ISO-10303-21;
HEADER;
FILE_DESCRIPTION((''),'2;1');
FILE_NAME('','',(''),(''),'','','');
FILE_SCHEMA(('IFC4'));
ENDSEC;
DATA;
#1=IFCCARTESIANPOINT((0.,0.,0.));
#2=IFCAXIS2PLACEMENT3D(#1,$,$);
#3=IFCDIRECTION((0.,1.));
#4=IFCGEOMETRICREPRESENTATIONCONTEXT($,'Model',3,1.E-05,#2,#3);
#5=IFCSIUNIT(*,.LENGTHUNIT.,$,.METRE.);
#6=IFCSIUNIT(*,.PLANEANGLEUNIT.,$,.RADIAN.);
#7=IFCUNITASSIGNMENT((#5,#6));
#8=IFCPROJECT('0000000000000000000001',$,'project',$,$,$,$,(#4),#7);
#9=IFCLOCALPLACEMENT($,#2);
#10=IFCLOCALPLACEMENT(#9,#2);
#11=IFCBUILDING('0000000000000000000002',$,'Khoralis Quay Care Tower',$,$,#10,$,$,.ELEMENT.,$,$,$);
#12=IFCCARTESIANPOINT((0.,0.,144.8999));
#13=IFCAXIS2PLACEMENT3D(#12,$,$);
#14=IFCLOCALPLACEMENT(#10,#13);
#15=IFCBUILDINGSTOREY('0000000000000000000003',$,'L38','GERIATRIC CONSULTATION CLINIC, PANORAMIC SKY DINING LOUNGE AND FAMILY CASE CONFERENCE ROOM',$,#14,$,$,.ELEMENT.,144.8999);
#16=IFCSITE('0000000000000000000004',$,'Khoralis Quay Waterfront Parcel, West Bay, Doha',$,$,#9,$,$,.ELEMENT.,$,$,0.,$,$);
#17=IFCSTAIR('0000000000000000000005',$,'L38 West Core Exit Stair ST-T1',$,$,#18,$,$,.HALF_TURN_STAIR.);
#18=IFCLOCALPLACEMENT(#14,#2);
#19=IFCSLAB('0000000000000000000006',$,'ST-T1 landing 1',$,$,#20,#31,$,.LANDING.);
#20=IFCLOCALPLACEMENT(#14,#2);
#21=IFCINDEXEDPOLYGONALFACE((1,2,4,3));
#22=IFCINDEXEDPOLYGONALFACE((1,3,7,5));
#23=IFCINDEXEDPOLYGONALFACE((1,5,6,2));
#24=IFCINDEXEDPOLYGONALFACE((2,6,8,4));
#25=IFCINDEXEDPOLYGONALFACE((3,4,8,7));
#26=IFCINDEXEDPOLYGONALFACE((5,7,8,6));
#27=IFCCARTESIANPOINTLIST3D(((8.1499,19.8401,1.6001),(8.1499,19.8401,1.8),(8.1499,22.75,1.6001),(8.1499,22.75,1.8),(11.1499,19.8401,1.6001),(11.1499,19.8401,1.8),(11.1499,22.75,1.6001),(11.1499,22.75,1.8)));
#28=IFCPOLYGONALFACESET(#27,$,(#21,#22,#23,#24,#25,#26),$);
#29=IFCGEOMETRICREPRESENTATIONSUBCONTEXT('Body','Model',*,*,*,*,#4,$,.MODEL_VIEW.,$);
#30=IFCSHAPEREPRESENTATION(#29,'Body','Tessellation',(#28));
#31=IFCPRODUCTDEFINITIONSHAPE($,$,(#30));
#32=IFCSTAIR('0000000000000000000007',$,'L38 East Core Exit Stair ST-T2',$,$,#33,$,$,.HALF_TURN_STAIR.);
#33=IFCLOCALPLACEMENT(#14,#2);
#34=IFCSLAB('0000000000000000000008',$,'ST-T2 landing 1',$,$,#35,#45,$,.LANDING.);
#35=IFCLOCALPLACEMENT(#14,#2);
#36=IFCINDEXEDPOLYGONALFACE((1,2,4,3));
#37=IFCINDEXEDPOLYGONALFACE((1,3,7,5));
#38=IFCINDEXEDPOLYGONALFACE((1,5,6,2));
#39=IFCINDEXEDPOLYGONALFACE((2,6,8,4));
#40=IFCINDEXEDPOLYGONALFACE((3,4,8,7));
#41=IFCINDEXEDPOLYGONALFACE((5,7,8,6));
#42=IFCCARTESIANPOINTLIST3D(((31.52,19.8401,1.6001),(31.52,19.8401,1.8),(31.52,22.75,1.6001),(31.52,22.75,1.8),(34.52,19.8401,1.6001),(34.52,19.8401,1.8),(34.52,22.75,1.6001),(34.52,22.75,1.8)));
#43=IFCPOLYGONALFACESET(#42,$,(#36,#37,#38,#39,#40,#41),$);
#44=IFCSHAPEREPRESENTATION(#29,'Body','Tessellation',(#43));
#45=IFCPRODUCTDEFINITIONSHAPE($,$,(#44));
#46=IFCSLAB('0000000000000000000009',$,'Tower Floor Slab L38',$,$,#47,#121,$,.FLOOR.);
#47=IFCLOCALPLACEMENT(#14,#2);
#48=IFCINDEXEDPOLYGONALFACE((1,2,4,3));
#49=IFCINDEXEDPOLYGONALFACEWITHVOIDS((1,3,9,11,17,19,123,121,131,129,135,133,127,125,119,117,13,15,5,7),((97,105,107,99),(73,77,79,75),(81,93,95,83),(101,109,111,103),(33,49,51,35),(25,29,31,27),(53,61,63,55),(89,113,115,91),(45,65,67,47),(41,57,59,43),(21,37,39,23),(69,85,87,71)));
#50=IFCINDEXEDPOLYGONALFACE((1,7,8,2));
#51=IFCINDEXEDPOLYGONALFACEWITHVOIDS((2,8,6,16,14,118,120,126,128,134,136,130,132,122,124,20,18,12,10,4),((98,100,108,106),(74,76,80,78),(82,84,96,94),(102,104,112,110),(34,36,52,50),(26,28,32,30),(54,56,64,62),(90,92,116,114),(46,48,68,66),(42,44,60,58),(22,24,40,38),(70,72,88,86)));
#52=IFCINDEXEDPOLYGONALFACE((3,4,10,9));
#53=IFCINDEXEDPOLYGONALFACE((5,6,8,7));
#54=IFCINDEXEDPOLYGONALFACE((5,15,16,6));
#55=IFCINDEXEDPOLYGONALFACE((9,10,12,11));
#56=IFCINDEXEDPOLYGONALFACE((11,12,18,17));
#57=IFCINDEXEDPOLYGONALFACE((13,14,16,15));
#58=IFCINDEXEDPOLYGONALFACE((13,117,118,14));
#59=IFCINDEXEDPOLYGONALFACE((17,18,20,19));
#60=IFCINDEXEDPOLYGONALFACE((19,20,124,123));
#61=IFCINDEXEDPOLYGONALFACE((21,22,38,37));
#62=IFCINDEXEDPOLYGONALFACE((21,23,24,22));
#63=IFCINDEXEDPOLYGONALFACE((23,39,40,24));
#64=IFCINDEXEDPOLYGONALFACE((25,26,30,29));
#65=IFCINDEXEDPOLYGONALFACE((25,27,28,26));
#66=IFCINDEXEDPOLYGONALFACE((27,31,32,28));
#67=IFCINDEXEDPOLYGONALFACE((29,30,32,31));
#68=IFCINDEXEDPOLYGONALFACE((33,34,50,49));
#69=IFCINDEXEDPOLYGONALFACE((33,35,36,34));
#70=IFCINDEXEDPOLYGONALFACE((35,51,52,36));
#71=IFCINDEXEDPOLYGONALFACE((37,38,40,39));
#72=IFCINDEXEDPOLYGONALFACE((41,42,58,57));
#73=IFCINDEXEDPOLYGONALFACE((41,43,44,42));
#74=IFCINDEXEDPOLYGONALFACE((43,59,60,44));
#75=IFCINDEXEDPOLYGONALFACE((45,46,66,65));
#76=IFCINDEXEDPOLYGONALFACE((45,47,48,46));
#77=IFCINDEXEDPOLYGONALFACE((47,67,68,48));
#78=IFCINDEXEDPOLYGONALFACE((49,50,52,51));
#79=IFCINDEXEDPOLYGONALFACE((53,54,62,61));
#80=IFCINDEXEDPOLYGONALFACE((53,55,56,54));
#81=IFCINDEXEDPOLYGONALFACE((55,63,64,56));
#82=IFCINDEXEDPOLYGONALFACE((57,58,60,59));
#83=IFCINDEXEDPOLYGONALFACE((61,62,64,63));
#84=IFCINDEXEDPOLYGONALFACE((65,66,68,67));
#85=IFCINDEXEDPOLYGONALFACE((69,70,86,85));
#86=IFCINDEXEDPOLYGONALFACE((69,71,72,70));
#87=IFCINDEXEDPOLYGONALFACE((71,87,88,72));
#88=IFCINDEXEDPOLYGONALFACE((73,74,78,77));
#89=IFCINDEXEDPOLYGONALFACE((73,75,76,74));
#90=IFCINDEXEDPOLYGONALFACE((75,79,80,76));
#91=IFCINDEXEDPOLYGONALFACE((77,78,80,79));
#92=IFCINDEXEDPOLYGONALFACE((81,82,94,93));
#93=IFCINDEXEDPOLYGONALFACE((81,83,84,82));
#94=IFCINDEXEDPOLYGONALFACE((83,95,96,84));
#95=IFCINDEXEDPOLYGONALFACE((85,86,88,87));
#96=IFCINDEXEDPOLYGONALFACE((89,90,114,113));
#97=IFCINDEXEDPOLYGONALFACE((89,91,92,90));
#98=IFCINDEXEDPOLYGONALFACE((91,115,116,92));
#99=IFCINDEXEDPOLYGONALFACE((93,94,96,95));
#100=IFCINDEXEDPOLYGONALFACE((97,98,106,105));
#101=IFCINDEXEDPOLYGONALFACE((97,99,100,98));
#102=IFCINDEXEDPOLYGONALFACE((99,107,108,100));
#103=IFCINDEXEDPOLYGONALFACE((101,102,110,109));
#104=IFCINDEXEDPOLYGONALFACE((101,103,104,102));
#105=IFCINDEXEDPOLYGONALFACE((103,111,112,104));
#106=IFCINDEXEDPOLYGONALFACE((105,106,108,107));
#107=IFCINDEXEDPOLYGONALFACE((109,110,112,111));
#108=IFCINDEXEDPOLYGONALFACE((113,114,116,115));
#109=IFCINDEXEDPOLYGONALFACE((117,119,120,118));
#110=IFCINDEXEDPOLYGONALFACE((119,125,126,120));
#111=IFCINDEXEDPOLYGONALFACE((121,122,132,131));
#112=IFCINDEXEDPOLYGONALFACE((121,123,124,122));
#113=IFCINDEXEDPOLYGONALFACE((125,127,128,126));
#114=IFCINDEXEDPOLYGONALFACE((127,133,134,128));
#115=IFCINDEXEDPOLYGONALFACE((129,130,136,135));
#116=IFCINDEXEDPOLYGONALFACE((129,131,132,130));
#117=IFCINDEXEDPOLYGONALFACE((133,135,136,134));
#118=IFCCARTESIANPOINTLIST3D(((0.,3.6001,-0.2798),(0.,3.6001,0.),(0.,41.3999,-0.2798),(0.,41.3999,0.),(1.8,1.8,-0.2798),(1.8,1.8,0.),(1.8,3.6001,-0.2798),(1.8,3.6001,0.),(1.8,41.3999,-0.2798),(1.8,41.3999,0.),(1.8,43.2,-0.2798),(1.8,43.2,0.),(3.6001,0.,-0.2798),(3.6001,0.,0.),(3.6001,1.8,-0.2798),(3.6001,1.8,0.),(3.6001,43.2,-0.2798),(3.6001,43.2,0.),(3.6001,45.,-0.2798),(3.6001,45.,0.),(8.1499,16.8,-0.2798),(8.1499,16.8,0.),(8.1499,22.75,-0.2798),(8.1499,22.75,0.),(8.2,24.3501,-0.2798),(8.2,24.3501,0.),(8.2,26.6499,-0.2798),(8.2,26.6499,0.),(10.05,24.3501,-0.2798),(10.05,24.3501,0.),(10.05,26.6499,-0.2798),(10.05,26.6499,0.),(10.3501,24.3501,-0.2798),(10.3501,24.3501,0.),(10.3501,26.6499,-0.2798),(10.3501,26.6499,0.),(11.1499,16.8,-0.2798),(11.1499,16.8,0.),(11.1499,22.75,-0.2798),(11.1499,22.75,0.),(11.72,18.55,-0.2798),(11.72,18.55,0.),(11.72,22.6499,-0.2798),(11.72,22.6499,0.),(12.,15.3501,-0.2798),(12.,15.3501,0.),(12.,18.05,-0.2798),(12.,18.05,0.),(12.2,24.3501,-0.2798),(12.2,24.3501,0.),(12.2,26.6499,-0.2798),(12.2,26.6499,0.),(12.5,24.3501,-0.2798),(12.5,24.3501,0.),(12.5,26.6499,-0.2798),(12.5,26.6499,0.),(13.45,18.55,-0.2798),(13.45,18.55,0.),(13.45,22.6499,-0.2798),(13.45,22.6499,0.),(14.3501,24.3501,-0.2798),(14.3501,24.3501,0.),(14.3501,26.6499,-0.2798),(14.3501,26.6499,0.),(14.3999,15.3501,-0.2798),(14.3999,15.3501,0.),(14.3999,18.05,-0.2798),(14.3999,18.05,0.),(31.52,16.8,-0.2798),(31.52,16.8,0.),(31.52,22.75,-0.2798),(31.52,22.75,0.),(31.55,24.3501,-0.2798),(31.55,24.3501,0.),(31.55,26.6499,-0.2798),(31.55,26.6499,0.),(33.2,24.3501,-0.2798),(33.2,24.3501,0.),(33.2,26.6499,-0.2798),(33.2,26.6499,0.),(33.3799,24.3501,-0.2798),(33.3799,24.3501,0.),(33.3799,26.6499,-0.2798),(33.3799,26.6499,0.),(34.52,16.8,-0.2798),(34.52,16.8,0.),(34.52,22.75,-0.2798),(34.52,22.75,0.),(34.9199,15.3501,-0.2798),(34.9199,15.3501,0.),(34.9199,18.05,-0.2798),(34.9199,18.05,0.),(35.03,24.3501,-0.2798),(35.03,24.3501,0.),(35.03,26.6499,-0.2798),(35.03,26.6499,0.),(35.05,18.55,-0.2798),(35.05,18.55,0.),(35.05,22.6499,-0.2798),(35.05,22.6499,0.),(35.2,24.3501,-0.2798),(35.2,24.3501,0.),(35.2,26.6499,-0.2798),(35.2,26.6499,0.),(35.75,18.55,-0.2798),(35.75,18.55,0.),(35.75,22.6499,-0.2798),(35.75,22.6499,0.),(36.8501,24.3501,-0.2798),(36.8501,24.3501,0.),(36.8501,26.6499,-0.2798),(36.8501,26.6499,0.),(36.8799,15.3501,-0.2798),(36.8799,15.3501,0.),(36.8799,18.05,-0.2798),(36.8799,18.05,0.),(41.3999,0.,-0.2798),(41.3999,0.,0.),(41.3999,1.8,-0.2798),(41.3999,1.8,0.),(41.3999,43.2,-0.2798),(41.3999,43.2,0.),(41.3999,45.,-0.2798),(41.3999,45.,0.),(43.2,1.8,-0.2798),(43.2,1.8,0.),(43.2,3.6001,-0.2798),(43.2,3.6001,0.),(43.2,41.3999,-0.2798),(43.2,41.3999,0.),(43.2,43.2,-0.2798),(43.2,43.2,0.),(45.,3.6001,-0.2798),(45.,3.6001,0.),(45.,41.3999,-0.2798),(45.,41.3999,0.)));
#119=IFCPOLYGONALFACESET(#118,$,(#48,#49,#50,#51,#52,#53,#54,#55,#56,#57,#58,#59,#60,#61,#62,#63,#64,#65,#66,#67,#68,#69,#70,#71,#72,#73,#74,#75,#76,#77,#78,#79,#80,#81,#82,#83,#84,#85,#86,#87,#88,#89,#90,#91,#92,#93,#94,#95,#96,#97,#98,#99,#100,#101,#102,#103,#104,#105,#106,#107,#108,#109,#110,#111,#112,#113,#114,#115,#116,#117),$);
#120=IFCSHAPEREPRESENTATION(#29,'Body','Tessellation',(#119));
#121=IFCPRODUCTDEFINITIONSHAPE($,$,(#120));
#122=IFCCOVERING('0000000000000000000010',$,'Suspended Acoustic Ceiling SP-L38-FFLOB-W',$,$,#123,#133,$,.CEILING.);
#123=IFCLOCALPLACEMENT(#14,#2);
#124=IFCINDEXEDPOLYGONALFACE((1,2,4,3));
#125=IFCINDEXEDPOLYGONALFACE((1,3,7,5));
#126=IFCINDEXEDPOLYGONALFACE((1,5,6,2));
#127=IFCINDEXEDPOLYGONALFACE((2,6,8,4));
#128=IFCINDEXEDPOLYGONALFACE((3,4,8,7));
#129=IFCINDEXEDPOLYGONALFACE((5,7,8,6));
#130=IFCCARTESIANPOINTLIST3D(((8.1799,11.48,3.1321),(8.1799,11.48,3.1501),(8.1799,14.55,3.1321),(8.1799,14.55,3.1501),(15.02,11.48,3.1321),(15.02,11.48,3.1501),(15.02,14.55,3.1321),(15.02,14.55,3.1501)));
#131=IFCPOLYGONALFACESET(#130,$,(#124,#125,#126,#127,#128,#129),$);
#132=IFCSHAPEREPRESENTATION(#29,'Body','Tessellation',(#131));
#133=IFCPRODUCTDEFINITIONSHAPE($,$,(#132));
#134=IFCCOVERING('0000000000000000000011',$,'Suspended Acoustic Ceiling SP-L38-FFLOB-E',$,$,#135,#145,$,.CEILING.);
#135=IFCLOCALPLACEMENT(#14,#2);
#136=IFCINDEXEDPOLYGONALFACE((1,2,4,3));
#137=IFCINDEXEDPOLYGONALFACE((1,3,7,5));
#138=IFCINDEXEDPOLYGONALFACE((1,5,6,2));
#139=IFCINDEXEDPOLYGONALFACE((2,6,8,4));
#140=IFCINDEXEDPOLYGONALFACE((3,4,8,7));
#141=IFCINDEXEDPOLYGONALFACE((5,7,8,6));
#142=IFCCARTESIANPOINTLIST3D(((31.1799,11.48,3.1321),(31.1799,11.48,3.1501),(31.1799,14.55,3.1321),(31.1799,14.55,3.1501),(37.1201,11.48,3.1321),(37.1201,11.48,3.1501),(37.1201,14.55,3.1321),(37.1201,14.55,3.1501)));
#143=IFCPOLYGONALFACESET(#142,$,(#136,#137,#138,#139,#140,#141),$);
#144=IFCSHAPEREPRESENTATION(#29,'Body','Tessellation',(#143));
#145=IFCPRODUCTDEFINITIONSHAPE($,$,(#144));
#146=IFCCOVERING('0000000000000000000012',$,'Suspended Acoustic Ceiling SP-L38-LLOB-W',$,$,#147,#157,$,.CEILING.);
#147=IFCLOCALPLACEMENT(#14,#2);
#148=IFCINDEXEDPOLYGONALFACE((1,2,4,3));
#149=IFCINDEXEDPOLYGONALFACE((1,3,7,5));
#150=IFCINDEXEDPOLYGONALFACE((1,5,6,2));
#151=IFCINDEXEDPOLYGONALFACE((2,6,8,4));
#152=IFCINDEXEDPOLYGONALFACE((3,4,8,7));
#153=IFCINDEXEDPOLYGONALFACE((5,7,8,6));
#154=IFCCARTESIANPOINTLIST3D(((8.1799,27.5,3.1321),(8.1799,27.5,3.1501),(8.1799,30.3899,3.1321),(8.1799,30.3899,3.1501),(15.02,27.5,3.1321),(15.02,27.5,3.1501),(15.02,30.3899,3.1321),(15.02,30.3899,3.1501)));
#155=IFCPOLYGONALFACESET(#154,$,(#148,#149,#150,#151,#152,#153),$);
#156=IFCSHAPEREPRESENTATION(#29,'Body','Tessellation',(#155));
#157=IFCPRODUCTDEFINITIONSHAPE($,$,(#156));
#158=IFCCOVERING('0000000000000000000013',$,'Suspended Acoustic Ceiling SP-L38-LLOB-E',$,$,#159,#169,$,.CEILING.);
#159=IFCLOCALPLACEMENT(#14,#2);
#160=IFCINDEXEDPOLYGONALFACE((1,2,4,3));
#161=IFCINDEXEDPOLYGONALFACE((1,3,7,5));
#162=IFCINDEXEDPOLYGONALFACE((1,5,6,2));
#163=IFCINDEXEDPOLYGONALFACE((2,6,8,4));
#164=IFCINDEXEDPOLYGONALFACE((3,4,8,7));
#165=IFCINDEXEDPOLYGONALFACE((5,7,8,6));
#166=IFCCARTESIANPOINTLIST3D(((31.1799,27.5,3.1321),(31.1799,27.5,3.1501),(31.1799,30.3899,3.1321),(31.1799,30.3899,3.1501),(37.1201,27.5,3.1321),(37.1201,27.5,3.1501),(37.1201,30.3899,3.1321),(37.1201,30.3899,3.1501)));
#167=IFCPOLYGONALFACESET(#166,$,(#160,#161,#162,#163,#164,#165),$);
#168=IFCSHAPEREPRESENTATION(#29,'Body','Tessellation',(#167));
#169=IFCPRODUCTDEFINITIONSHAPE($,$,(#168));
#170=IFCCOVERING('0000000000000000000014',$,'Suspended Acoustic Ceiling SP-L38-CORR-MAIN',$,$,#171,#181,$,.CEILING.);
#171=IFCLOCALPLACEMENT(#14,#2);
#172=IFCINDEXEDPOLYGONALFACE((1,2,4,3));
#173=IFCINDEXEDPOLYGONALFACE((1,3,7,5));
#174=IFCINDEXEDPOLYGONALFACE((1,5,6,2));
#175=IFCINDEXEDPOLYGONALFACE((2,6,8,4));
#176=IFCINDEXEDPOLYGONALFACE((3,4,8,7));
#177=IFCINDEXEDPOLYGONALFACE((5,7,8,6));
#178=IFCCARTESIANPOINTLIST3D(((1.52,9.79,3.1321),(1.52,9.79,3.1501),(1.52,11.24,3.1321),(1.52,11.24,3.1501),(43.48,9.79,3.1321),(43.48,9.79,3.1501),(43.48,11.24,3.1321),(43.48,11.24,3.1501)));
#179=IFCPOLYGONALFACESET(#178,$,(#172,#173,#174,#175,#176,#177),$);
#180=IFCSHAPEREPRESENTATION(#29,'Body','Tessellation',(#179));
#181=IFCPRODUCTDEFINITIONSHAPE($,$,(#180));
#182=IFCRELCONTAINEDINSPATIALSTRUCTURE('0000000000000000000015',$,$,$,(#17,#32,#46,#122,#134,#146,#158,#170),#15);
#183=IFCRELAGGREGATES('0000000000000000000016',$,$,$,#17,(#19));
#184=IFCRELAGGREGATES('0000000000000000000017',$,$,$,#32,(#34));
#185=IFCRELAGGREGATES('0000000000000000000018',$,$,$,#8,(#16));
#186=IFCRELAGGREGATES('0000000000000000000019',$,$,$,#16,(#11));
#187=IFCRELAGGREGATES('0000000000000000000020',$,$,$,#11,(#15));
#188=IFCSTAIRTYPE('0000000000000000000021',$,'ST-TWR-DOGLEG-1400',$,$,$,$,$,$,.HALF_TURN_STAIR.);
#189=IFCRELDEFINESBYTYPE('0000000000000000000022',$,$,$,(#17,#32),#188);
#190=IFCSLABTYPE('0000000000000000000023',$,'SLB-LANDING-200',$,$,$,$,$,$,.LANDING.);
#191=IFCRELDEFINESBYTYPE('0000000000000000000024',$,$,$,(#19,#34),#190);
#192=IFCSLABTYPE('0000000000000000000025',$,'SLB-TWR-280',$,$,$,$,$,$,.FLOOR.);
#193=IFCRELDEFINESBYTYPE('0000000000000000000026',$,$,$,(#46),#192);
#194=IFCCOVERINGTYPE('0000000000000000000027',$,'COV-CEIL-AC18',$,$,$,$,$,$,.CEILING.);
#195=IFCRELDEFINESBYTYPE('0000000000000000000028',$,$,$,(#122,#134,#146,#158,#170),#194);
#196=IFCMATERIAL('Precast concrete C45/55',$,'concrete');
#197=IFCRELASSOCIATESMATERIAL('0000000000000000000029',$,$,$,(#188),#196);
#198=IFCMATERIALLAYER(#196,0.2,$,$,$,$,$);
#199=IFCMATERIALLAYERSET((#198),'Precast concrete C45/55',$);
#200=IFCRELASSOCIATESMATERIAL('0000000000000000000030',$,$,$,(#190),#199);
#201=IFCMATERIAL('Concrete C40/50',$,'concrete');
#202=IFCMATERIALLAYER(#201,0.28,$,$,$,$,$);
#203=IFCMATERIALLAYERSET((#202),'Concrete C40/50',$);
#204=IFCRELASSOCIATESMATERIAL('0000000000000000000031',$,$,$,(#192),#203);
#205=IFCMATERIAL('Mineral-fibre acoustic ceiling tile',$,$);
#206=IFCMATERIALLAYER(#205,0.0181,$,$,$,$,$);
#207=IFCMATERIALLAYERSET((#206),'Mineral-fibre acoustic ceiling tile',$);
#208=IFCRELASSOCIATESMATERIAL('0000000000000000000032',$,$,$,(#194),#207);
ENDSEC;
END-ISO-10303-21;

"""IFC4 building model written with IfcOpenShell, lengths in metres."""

from ifc_helpers import new_model, si_unit, direction, frame, origin, place, context, subcontext, project, spatial, polyline, outline, extrude, material, layer, layer_set, type_object, element, aggregate, save


model = new_model("IFC4")

# Units and contexts
model_context = context("Model", 3, precision=1e-05, world=origin(), true_north=direction((0.0, 1.0)))
body_context = subcontext(model_context, "Body", "Model", "MODEL_VIEW")
ifc_project = project(units=[si_unit("LENGTHUNIT", "METRE"), si_unit("PLANEANGLEUNIT", "RADIAN")], contexts=[model_context])

# Site, building, storey
site_placement = place(None, origin())
site = spatial("IfcSite", under=ifc_project, at=site_placement, Name="Khoralis Quay Waterfront Parcel, West Bay, Doha", CompositionType="ELEMENT", RefElevation=0.0)
building_placement = place(site_placement, origin())
building = spatial("IfcBuilding", under=site, at=building_placement, Name="Khoralis Quay Care Tower", CompositionType="ELEMENT")
storey_placement = place(building_placement, frame((0.0, 0.0, 144.8999)))
storey = spatial("IfcBuildingStorey", under=building, at=storey_placement, Name="L38", Description="GERIATRIC CONSULTATION CLINIC, PANORAMIC SKY DINING LOUNGE AND FAMILY CASE CONFERENCE ROOM", CompositionType="ELEMENT", Elevation=144.8999)

# Stairs, slabs
ifc_material_1 = material(Name="Precast concrete C45/55", Category="concrete")
stair_type = type_object("IfcStairType", Name="ST-TWR-DOGLEG-1400", PredefinedType="HALF_TURN_STAIR", material=ifc_material_1)
stair_1_placement = place(storey_placement, origin())
stair_1 = element("IfcStair", 1, at=stair_1_placement, inside=storey, type_object=stair_type, Name="L38 West Core Exit Stair ST-T1", PredefinedType="HALF_TURN_STAIR")
ifc_layer_1 = layer(ifc_material_1, 0.2)
ifc_layer_set_1 = layer_set([ifc_layer_1], Name="Precast concrete C45/55")
slab_type_1 = type_object("IfcSlabType", Name="SLB-LANDING-200", PredefinedType="LANDING", material=ifc_layer_set_1)
slab_1_placement = place(storey_placement, frame((0.0, 0.0, 1.6001)))
slab_1 = element("IfcSlab", 2, at=slab_1_placement, type_object=slab_type_1, Name="ST-T1 landing 1", PredefinedType="LANDING", context=body_context, shape_type="SweptSolid", body=[
    extrude(outline(polyline([(11.1499, 19.8401), (11.1499, 22.75), (8.1499, 22.75), (8.1499, 19.8401), (11.1499, 19.8401)])), origin(), (0.0, 0.0, 1.0), 0.2),
])
aggregate(stair_1, [slab_1])
stair_2_placement = place(storey_placement, origin())
stair_2 = element("IfcStair", 3, at=stair_2_placement, inside=storey, type_object=stair_type, Name="L38 East Core Exit Stair ST-T2", PredefinedType="HALF_TURN_STAIR")
slab_2_placement = place(storey_placement, frame((0.0, 0.0, 1.6001)))
slab_2 = element("IfcSlab", 4, at=slab_2_placement, type_object=slab_type_1, Name="ST-T2 landing 1", PredefinedType="LANDING", context=body_context, shape_type="SweptSolid", body=[
    extrude(outline(polyline([(34.52, 19.8401), (34.52, 22.75), (31.52, 22.75), (31.52, 19.8401), (34.52, 19.8401)])), origin(), (0.0, 0.0, 1.0), 0.2),
])
aggregate(stair_2, [slab_2])

# Slab
ifc_material_2 = material(Name="Concrete C40/50", Category="concrete")
ifc_layer_2 = layer(ifc_material_2, 0.28)
ifc_layer_set_2 = layer_set([ifc_layer_2], Name="Concrete C40/50")
slab_type_2 = type_object("IfcSlabType", Name="SLB-TWR-280", PredefinedType="FLOOR", material=ifc_layer_set_2)
slab_3_placement = place(storey_placement, frame((0.0, 0.0, -0.2798)))
element("IfcSlab", 5, at=slab_3_placement, inside=storey, type_object=slab_type_2, Name="Tower Floor Slab L38", PredefinedType="FLOOR", context=body_context, shape_type="SweptSolid", body=[
    extrude(outline(polyline([(3.6001, 0.0), (41.3999, 0.0), (41.3999, 1.8), (43.2, 1.8), (43.2, 3.6001), (45.0, 3.6001), (45.0, 41.3999), (43.2, 41.3999), (43.2, 43.2), (41.3999, 43.2), (41.3999, 45.0), (3.6001, 45.0), (3.6001, 43.2), (1.8, 43.2), (1.8, 41.3999), (0.0, 41.3999), (0.0, 3.6001), (1.8, 3.6001), (1.8, 1.8), (3.6001, 1.8), (3.6001, 0.0)]), holes=[polyline([(11.1499, 16.8), (11.1499, 22.75), (8.1499, 22.75), (8.1499, 16.8), (11.1499, 16.8)]), polyline([(34.52, 16.8), (34.52, 22.75), (31.52, 22.75), (31.52, 16.8), (34.52, 16.8)]), polyline([(12.0, 15.3501), (14.3999, 15.3501), (14.3999, 18.05), (12.0, 18.05), (12.0, 15.3501)]), polyline([(34.9199, 15.3501), (36.8799, 15.3501), (36.8799, 18.05), (34.9199, 18.05), (34.9199, 15.3501)]), polyline([(8.2, 24.3501), (10.05, 24.3501), (10.05, 26.6499), (8.2, 26.6499), (8.2, 24.3501)]), polyline([(31.55, 24.3501), (33.2, 24.3501), (33.2, 26.6499), (31.55, 26.6499), (31.55, 24.3501)]), polyline([(10.3501, 24.3501), (12.2, 24.3501), (12.2, 26.6499), (10.3501, 26.6499), (10.3501, 24.3501)]), polyline([(33.3799, 24.3501), (35.03, 24.3501), (35.03, 26.6499), (33.3799, 26.6499), (33.3799, 24.3501)]), polyline([(12.5, 24.3501), (14.3501, 24.3501), (14.3501, 26.6499), (12.5, 26.6499), (12.5, 24.3501)]), polyline([(35.2, 24.3501), (36.8501, 24.3501), (36.8501, 26.6499), (35.2, 26.6499), (35.2, 24.3501)]), polyline([(11.72, 18.55), (13.45, 18.55), (13.45, 22.6499), (11.72, 22.6499), (11.72, 18.55)]), polyline([(35.05, 18.55), (35.75, 18.55), (35.75, 22.6499), (35.05, 22.6499), (35.05, 18.55)])]), origin(), (0.0, 0.0, 1.0), 0.2798),
])

# Coverings
ifc_material_3 = material(Name="Mineral-fibre acoustic ceiling tile")
ifc_layer_3 = layer(ifc_material_3, 0.0181)
ifc_layer_set_3 = layer_set([ifc_layer_3], Name="Mineral-fibre acoustic ceiling tile")
covering_type_1 = type_object("IfcCoveringType", Name="COV-CEIL-AC18", PredefinedType="CEILING", material=ifc_layer_set_3)
covering_1_placement = place(storey_placement, frame((0.0, 0.0, 3.1321)))
element("IfcCovering", 6, at=covering_1_placement, inside=storey, type_object=covering_type_1, Name="Suspended Acoustic Ceiling SP-L38-FFLOB-W", PredefinedType="CEILING", context=body_context, shape_type="SweptSolid", body=[
    extrude(outline(polyline([(8.1799, 11.48), (15.02, 11.48), (15.02, 14.55), (8.1799, 14.55), (8.1799, 11.48)])), origin(), (0.0, 0.0, 1.0), 0.0181),
])
covering_2_placement = place(storey_placement, frame((0.0, 0.0, 3.1321)))
element("IfcCovering", 7, at=covering_2_placement, inside=storey, type_object=covering_type_1, Name="Suspended Acoustic Ceiling SP-L38-FFLOB-E", PredefinedType="CEILING", context=body_context, shape_type="SweptSolid", body=[
    extrude(outline(polyline([(31.1799, 11.48), (37.1201, 11.48), (37.1201, 14.55), (31.1799, 14.55), (31.1799, 11.48)])), origin(), (0.0, 0.0, 1.0), 0.0181),
])
covering_3_placement = place(storey_placement, frame((0.0, 0.0, 3.1321)))
element("IfcCovering", 8, at=covering_3_placement, inside=storey, type_object=covering_type_1, Name="Suspended Acoustic Ceiling SP-L38-LLOB-W", PredefinedType="CEILING", context=body_context, shape_type="SweptSolid", body=[
    extrude(outline(polyline([(8.1799, 27.5), (15.02, 27.5), (15.02, 30.3899), (8.1799, 30.3899), (8.1799, 27.5)])), origin(), (0.0, 0.0, 1.0), 0.0181),
])
covering_4_placement = place(storey_placement, frame((0.0, 0.0, 3.1321)))
element("IfcCovering", 9, at=covering_4_placement, inside=storey, type_object=covering_type_1, Name="Suspended Acoustic Ceiling SP-L38-LLOB-E", PredefinedType="CEILING", context=body_context, shape_type="SweptSolid", body=[
    extrude(outline(polyline([(31.1799, 27.5), (37.1201, 27.5), (37.1201, 30.3899), (31.1799, 30.3899), (31.1799, 27.5)])), origin(), (0.0, 0.0, 1.0), 0.0181),
])
covering_5_placement = place(storey_placement, frame((0.0, 0.0, 3.1321)))
element("IfcCovering", 10, at=covering_5_placement, inside=storey, type_object=covering_type_1, Name="Suspended Acoustic Ceiling SP-L38-CORR-MAIN", PredefinedType="CEILING", context=body_context, shape_type="SweptSolid", body=[
    extrude(outline(polyline([(1.52, 9.79), (43.48, 9.79), (43.48, 11.24), (1.52, 11.24), (1.52, 9.79)])), origin(), (0.0, 0.0, 1.0), 0.0181),
])

save(model, "model.ifc")
